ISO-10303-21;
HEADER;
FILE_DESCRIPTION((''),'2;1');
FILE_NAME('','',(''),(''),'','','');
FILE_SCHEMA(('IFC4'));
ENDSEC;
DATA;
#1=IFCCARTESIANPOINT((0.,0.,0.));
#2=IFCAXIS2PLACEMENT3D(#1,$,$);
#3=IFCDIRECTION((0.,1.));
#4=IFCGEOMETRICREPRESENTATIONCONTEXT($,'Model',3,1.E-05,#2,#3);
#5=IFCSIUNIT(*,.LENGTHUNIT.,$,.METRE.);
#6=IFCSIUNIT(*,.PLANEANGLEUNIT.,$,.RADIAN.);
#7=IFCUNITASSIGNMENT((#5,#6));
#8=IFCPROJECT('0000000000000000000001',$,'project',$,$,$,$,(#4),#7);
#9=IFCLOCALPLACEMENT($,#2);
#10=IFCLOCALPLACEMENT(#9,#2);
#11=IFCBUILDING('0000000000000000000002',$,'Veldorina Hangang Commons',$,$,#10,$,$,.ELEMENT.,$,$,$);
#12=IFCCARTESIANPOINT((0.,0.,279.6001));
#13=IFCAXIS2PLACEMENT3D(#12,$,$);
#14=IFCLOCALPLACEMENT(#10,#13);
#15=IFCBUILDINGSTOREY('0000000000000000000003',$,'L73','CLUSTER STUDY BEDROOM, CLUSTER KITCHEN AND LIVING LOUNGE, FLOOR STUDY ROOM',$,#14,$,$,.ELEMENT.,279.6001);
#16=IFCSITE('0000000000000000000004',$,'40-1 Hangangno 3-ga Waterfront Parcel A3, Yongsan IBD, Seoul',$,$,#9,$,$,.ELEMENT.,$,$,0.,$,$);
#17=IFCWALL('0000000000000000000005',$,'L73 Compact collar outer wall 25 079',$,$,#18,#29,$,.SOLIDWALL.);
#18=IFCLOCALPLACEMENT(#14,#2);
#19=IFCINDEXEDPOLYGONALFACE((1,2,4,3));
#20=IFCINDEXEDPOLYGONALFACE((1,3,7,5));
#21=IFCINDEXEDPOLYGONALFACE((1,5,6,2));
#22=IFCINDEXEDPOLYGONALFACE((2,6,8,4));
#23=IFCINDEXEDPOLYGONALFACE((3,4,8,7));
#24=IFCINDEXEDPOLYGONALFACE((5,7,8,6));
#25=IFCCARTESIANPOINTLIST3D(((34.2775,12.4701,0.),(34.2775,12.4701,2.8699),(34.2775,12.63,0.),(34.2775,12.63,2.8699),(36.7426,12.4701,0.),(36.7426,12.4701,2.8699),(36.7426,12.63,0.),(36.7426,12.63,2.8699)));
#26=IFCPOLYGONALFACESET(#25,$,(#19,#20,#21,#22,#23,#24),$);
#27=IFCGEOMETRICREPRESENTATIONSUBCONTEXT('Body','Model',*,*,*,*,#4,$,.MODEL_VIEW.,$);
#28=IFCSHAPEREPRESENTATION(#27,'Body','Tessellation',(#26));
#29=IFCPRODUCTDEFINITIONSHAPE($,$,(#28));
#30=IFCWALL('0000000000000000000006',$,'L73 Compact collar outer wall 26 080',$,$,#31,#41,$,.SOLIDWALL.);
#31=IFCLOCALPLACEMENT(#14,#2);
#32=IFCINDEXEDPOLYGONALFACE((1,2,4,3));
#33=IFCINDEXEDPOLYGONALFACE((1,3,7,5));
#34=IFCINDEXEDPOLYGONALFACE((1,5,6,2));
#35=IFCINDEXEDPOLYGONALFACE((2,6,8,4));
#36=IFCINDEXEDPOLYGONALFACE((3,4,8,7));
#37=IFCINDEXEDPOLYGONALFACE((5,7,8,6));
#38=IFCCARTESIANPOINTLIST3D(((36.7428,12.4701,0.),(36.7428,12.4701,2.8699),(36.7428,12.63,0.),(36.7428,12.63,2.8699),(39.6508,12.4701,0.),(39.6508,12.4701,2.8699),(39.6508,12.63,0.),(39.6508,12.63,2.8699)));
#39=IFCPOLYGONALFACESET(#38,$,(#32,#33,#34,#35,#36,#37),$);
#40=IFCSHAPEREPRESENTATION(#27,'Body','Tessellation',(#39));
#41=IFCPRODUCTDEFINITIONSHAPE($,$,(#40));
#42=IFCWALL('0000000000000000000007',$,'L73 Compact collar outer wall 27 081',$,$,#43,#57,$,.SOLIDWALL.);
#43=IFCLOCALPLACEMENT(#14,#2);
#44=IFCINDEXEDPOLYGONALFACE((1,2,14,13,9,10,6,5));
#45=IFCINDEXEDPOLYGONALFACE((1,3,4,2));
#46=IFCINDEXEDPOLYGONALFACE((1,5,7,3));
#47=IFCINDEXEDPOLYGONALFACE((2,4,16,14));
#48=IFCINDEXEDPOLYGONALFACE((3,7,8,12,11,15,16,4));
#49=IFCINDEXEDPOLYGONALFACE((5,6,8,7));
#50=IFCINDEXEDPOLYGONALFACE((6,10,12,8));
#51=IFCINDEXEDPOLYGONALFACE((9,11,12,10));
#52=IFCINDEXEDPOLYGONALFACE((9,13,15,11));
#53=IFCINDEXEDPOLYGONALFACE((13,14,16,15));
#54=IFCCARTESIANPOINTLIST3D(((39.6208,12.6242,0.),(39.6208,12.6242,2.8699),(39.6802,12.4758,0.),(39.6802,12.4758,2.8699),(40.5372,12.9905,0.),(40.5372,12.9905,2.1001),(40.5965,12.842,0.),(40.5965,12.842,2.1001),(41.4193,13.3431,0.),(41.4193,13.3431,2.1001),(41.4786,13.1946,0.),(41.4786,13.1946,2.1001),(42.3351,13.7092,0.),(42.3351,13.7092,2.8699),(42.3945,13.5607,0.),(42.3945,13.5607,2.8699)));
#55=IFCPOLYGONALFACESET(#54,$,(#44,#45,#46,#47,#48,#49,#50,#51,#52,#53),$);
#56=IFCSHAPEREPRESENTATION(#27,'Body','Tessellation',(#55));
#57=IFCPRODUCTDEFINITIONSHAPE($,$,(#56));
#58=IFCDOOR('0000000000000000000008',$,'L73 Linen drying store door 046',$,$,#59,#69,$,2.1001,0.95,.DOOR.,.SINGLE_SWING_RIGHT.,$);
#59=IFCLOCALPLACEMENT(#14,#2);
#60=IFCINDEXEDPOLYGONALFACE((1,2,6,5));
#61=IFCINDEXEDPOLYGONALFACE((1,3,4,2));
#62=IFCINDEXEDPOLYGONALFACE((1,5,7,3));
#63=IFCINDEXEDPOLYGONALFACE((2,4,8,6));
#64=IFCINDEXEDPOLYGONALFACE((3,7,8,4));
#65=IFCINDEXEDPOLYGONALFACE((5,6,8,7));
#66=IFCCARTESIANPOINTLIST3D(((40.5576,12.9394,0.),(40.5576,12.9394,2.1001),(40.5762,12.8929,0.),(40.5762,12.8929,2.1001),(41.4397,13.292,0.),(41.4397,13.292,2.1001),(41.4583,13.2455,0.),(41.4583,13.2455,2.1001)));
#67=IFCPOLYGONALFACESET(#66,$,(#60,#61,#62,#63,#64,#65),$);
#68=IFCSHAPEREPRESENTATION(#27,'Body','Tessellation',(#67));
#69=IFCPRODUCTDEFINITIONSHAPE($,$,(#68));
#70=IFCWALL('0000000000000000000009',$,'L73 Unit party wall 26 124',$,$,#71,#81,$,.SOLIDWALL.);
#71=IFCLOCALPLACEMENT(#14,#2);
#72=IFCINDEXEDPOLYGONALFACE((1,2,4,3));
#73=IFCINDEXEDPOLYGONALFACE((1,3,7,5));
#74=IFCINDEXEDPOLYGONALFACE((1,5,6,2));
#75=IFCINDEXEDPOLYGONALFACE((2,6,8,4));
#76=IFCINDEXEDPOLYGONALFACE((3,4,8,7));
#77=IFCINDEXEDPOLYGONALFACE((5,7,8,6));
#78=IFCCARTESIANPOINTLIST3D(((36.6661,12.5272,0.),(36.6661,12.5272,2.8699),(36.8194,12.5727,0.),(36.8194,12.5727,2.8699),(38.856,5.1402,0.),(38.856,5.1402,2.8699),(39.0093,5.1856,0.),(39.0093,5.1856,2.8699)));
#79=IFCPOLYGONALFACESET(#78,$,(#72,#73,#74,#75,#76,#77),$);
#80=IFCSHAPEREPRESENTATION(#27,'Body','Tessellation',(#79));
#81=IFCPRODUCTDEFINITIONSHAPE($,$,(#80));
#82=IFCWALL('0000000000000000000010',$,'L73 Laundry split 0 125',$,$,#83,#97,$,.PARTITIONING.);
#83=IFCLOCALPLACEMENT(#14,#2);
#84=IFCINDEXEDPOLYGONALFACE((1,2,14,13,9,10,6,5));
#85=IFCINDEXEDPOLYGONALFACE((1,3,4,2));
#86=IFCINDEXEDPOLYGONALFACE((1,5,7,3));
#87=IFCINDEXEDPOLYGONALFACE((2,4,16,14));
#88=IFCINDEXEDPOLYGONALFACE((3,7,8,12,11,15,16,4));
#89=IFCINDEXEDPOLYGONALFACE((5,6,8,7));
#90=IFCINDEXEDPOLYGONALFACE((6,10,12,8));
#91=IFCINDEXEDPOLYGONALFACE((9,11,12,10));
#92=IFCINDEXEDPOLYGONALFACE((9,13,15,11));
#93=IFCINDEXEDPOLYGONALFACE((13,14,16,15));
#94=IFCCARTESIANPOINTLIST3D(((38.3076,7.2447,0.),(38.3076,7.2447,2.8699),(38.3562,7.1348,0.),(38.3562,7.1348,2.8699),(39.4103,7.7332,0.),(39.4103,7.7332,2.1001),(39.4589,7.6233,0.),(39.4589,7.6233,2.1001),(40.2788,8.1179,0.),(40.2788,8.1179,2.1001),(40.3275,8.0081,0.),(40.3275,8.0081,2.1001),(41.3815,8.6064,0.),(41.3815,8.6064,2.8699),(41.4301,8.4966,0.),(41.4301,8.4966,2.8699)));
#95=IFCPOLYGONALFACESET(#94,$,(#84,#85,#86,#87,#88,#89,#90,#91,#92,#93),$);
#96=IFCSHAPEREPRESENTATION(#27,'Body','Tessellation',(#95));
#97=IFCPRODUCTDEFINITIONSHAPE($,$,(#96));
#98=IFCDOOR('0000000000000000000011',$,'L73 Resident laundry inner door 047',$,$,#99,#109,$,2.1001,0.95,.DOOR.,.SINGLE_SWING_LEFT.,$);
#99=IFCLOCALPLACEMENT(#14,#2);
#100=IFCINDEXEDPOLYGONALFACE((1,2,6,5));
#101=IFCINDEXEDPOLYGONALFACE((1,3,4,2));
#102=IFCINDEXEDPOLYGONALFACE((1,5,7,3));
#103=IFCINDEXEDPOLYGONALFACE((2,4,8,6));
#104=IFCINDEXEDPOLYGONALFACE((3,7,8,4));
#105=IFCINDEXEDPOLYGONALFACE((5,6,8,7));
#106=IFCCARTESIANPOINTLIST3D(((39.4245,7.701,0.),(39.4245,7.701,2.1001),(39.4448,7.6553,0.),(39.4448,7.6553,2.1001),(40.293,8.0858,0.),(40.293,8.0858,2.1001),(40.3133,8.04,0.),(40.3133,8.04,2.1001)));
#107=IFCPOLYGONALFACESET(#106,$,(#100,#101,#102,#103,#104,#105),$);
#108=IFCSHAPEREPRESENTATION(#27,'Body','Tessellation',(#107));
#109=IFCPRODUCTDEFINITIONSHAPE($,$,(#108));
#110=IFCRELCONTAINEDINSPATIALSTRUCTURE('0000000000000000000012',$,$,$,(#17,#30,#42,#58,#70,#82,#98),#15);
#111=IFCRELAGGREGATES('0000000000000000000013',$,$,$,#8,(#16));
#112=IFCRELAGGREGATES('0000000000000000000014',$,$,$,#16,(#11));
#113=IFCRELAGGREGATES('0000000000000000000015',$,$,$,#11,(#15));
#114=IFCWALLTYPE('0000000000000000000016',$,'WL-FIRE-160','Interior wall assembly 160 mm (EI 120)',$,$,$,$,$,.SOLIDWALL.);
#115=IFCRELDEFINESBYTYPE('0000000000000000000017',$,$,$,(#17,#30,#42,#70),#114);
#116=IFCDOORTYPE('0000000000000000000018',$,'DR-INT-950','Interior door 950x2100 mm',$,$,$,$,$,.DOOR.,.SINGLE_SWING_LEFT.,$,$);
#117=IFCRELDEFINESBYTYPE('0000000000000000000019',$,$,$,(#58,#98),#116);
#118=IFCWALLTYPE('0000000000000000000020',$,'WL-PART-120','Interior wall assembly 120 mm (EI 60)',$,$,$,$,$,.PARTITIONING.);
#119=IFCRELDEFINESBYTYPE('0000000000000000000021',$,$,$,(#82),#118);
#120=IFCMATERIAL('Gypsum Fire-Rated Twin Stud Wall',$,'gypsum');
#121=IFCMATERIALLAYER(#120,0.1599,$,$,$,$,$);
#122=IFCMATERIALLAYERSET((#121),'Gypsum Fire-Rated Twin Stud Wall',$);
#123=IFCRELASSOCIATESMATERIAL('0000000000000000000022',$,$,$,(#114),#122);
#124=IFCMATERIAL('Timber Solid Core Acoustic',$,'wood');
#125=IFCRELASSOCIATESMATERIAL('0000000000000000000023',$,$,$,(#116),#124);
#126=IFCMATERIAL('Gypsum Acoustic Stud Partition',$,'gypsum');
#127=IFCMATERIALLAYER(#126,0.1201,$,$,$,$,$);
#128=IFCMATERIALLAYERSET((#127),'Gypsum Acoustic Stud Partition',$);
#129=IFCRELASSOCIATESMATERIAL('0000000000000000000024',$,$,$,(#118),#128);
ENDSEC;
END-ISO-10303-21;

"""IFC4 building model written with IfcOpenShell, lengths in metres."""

from ifc_helpers import new_model, si_unit, direction, frame, frame_2d, origin, place, context, subcontext, project, spatial, rectangle, extrude, material, layer, layer_set, type_object, element, fill, save


model = new_model("IFC4")

# Units and contexts
model_context = context("Model", 3, precision=1e-05, world=origin(), true_north=direction((0.0, 1.0)))
body_context = subcontext(model_context, "Body", "Model", "MODEL_VIEW")
ifc_project = project(units=[si_unit("LENGTHUNIT", "METRE"), si_unit("PLANEANGLEUNIT", "RADIAN")], contexts=[model_context])

# Site, building, storey
site_placement = place(None, origin())
site = spatial("IfcSite", under=ifc_project, at=site_placement, Name="40-1 Hangangno 3-ga Waterfront Parcel A3, Yongsan IBD, Seoul", CompositionType="ELEMENT", RefElevation=0.0)
building_placement = place(site_placement, origin())
building = spatial("IfcBuilding", under=site, at=building_placement, Name="Veldorina Hangang Commons", CompositionType="ELEMENT")
storey_placement = place(building_placement, frame((0.0, 0.0, 279.6001)))
storey = spatial("IfcBuildingStorey", under=building, at=storey_placement, Name="L73", Description="CLUSTER STUDY BEDROOM, CLUSTER KITCHEN AND LIVING LOUNGE, FLOOR STUDY ROOM", CompositionType="ELEMENT", Elevation=279.6001)

# Shared definitions
ifc_material_1 = material(Name="Gypsum Fire-Rated Twin Stud Wall", Category="gypsum")
ifc_layer_1 = layer(ifc_material_1, 0.1599)
ifc_layer_set_1 = layer_set([ifc_layer_1], Name="Gypsum Fire-Rated Twin Stud Wall")
wall_type_1 = type_object("IfcWallType", Name="WL-FIRE-160", Description="Interior wall assembly 160 mm (EI 120)", PredefinedType="SOLIDWALL", material=ifc_layer_set_1)
ifc_material_2 = material(Name="Timber Solid Core Acoustic", Category="wood")

# Walls
wall_1_placement = place(storey_placement, frame((34.2776, 12.55, 0.0), z_axis=(0.0, 0.0, 1.0), x_axis=(1.0, 0.0, 0.0)))
element("IfcWall", 1, at=wall_1_placement, inside=storey, type_object=wall_type_1, Name="L73 Compact collar outer wall 25 079", PredefinedType="SOLIDWALL", context=body_context, shape_type="SweptSolid", body=[
    extrude(rectangle(XDim=2.4651, YDim=0.1599, at=frame_2d((1.2324, 0.0))), origin(), (0.0, 0.0, 1.0), 2.8699),
])
wall_2_placement = place(storey_placement, frame((36.7427, 12.55, 0.0), z_axis=(0.0, 0.0, 1.0), x_axis=(1.0, 0.0, 0.0)))
element("IfcWall", 2, at=wall_2_placement, inside=storey, type_object=wall_type_1, Name="L73 Compact collar outer wall 26 080", PredefinedType="SOLIDWALL", context=body_context, shape_type="SweptSolid", body=[
    extrude(rectangle(XDim=2.908, YDim=0.1599, at=frame_2d((1.4541, 0.0))), origin(), (0.0, 0.0, 1.0), 2.8699),
])

# Wall, opening, door
wall_3_placement = place(storey_placement, frame((39.6506, 12.55, 0.0), z_axis=(0.0, 0.0, 1.0), x_axis=(0.928569, 0.37116, 0.0)))
wall_3 = element("IfcWall", 3, at=wall_3_placement, inside=storey, type_object=wall_type_1, Name="L73 Compact collar outer wall 27 081", PredefinedType="SOLIDWALL", context=body_context, shape_type="SweptSolid", body=[
    extrude(rectangle(XDim=2.9231, YDim=0.1599, at=frame_2d((1.4614, 0.0))), origin(), (0.0, 0.0, 1.0), 2.8699),
])
opening_1_placement = place(wall_3_placement, frame((0.9866, 0.0, 0.0)))
opening_1 = element("IfcOpeningElement", 4, at=opening_1_placement, cuts=wall_3, PredefinedType="OPENING", context=body_context, shape_type="SweptSolid", body=[
    extrude(rectangle(XDim=0.95, YDim=2.1001, at=frame_2d((0.4751, 1.05))), frame((0.0, 0.0898, 0.0), z_axis=(0.0, -1.0, 0.0), x_axis=(1.0, 0.0, 0.0)), (0.0, 0.0, 1.0), 0.1799),
])
door_type_1 = type_object("IfcDoorType", Name="DR-INT-950", Description="Interior door 950x2100 mm", OperationType="SINGLE_SWING_LEFT", PredefinedType="DOOR", material=ifc_material_2)
door_1_placement = place(opening_1_placement, origin())
door_1 = element("IfcDoor", 5, at=door_1_placement, inside=storey, type_object=door_type_1, Name="L73 Linen drying store door 046", OperationType="SINGLE_SWING_RIGHT", OverallHeight=2.1001, OverallWidth=0.95, PredefinedType="DOOR", context=body_context, shape_type="SweptSolid", body=[
    extrude(rectangle(XDim=0.95, YDim=2.1001, at=frame_2d((0.4751, 1.05))), frame((0.0, 0.0249, 0.0), z_axis=(0.0, -1.0, 0.0), x_axis=(1.0, 0.0, 0.0)), (0.0, 0.0, 1.0), 0.05),
])
fill(opening_1, door_1)

# Wall
wall_4_placement = place(storey_placement, frame((36.7427, 12.55, 0.0), z_axis=(0.0, 0.0, 1.0), x_axis=(0.284233, -0.958755, 0.0)))
element("IfcWall", 6, at=wall_4_placement, inside=storey, type_object=wall_type_1, Name="L73 Unit party wall 26 124", PredefinedType="SOLIDWALL", context=body_context, shape_type="SweptSolid", body=[
    extrude(rectangle(XDim=7.7048, YDim=0.1599, at=frame_2d((3.8525, 0.0))), origin(), (0.0, 0.0, 1.0), 2.8699),
])

# Wall, opening, door
ifc_material_3 = material(Name="Gypsum Acoustic Stud Partition", Category="gypsum")
ifc_layer_2 = layer(ifc_material_3, 0.1201)
ifc_layer_set_2 = layer_set([ifc_layer_2], Name="Gypsum Acoustic Stud Partition")
wall_type_2 = type_object("IfcWallType", Name="WL-PART-120", Description="Interior wall assembly 120 mm (EI 60)", PredefinedType="PARTITIONING", material=ifc_layer_set_2)
wall_5_placement = place(storey_placement, frame((38.3318, 7.1897, 0.0), z_axis=(0.0, 0.0, 1.0), x_axis=(0.914296, 0.405047, 0.0)))
wall_5 = element("IfcWall", 7, at=wall_5_placement, inside=storey, type_object=wall_type_2, Name="L73 Laundry split 0 125", PredefinedType="PARTITIONING", context=body_context, shape_type="SweptSolid", body=[
    extrude(rectangle(XDim=3.3621, YDim=0.1201, at=frame_2d((1.6812, 0.0))), origin(), (0.0, 0.0, 1.0), 2.8699),
])
opening_2_placement = place(wall_5_placement, frame((1.2061, 0.0, 0.0)))
opening_2 = element("IfcOpeningElement", 8, at=opening_2_placement, cuts=wall_5, PredefinedType="OPENING", context=body_context, shape_type="SweptSolid", body=[
    extrude(rectangle(XDim=0.95, YDim=2.1001, at=frame_2d((0.4751, 1.05))), frame((0.0, 0.0701, 0.0), z_axis=(0.0, -1.0, 0.0), x_axis=(1.0, 0.0, 0.0)), (0.0, 0.0, 1.0), 0.1401),
])
door_2_placement = place(opening_2_placement, origin())
door_2 = element("IfcDoor", 9, at=door_2_placement, inside=storey, type_object=door_type_1, Name="L73 Resident laundry inner door 047", OperationType="SINGLE_SWING_LEFT", OverallHeight=2.1001, OverallWidth=0.95, PredefinedType="DOOR", context=body_context, shape_type="SweptSolid", body=[
    extrude(rectangle(XDim=0.95, YDim=2.1001, at=frame_2d((0.4751, 1.05))), frame((0.0, 0.0249, 0.0), z_axis=(0.0, -1.0, 0.0), x_axis=(1.0, 0.0, 0.0)), (0.0, 0.0, 1.0), 0.05),
])
fill(opening_2, door_2)

save(model, "model.ifc")
